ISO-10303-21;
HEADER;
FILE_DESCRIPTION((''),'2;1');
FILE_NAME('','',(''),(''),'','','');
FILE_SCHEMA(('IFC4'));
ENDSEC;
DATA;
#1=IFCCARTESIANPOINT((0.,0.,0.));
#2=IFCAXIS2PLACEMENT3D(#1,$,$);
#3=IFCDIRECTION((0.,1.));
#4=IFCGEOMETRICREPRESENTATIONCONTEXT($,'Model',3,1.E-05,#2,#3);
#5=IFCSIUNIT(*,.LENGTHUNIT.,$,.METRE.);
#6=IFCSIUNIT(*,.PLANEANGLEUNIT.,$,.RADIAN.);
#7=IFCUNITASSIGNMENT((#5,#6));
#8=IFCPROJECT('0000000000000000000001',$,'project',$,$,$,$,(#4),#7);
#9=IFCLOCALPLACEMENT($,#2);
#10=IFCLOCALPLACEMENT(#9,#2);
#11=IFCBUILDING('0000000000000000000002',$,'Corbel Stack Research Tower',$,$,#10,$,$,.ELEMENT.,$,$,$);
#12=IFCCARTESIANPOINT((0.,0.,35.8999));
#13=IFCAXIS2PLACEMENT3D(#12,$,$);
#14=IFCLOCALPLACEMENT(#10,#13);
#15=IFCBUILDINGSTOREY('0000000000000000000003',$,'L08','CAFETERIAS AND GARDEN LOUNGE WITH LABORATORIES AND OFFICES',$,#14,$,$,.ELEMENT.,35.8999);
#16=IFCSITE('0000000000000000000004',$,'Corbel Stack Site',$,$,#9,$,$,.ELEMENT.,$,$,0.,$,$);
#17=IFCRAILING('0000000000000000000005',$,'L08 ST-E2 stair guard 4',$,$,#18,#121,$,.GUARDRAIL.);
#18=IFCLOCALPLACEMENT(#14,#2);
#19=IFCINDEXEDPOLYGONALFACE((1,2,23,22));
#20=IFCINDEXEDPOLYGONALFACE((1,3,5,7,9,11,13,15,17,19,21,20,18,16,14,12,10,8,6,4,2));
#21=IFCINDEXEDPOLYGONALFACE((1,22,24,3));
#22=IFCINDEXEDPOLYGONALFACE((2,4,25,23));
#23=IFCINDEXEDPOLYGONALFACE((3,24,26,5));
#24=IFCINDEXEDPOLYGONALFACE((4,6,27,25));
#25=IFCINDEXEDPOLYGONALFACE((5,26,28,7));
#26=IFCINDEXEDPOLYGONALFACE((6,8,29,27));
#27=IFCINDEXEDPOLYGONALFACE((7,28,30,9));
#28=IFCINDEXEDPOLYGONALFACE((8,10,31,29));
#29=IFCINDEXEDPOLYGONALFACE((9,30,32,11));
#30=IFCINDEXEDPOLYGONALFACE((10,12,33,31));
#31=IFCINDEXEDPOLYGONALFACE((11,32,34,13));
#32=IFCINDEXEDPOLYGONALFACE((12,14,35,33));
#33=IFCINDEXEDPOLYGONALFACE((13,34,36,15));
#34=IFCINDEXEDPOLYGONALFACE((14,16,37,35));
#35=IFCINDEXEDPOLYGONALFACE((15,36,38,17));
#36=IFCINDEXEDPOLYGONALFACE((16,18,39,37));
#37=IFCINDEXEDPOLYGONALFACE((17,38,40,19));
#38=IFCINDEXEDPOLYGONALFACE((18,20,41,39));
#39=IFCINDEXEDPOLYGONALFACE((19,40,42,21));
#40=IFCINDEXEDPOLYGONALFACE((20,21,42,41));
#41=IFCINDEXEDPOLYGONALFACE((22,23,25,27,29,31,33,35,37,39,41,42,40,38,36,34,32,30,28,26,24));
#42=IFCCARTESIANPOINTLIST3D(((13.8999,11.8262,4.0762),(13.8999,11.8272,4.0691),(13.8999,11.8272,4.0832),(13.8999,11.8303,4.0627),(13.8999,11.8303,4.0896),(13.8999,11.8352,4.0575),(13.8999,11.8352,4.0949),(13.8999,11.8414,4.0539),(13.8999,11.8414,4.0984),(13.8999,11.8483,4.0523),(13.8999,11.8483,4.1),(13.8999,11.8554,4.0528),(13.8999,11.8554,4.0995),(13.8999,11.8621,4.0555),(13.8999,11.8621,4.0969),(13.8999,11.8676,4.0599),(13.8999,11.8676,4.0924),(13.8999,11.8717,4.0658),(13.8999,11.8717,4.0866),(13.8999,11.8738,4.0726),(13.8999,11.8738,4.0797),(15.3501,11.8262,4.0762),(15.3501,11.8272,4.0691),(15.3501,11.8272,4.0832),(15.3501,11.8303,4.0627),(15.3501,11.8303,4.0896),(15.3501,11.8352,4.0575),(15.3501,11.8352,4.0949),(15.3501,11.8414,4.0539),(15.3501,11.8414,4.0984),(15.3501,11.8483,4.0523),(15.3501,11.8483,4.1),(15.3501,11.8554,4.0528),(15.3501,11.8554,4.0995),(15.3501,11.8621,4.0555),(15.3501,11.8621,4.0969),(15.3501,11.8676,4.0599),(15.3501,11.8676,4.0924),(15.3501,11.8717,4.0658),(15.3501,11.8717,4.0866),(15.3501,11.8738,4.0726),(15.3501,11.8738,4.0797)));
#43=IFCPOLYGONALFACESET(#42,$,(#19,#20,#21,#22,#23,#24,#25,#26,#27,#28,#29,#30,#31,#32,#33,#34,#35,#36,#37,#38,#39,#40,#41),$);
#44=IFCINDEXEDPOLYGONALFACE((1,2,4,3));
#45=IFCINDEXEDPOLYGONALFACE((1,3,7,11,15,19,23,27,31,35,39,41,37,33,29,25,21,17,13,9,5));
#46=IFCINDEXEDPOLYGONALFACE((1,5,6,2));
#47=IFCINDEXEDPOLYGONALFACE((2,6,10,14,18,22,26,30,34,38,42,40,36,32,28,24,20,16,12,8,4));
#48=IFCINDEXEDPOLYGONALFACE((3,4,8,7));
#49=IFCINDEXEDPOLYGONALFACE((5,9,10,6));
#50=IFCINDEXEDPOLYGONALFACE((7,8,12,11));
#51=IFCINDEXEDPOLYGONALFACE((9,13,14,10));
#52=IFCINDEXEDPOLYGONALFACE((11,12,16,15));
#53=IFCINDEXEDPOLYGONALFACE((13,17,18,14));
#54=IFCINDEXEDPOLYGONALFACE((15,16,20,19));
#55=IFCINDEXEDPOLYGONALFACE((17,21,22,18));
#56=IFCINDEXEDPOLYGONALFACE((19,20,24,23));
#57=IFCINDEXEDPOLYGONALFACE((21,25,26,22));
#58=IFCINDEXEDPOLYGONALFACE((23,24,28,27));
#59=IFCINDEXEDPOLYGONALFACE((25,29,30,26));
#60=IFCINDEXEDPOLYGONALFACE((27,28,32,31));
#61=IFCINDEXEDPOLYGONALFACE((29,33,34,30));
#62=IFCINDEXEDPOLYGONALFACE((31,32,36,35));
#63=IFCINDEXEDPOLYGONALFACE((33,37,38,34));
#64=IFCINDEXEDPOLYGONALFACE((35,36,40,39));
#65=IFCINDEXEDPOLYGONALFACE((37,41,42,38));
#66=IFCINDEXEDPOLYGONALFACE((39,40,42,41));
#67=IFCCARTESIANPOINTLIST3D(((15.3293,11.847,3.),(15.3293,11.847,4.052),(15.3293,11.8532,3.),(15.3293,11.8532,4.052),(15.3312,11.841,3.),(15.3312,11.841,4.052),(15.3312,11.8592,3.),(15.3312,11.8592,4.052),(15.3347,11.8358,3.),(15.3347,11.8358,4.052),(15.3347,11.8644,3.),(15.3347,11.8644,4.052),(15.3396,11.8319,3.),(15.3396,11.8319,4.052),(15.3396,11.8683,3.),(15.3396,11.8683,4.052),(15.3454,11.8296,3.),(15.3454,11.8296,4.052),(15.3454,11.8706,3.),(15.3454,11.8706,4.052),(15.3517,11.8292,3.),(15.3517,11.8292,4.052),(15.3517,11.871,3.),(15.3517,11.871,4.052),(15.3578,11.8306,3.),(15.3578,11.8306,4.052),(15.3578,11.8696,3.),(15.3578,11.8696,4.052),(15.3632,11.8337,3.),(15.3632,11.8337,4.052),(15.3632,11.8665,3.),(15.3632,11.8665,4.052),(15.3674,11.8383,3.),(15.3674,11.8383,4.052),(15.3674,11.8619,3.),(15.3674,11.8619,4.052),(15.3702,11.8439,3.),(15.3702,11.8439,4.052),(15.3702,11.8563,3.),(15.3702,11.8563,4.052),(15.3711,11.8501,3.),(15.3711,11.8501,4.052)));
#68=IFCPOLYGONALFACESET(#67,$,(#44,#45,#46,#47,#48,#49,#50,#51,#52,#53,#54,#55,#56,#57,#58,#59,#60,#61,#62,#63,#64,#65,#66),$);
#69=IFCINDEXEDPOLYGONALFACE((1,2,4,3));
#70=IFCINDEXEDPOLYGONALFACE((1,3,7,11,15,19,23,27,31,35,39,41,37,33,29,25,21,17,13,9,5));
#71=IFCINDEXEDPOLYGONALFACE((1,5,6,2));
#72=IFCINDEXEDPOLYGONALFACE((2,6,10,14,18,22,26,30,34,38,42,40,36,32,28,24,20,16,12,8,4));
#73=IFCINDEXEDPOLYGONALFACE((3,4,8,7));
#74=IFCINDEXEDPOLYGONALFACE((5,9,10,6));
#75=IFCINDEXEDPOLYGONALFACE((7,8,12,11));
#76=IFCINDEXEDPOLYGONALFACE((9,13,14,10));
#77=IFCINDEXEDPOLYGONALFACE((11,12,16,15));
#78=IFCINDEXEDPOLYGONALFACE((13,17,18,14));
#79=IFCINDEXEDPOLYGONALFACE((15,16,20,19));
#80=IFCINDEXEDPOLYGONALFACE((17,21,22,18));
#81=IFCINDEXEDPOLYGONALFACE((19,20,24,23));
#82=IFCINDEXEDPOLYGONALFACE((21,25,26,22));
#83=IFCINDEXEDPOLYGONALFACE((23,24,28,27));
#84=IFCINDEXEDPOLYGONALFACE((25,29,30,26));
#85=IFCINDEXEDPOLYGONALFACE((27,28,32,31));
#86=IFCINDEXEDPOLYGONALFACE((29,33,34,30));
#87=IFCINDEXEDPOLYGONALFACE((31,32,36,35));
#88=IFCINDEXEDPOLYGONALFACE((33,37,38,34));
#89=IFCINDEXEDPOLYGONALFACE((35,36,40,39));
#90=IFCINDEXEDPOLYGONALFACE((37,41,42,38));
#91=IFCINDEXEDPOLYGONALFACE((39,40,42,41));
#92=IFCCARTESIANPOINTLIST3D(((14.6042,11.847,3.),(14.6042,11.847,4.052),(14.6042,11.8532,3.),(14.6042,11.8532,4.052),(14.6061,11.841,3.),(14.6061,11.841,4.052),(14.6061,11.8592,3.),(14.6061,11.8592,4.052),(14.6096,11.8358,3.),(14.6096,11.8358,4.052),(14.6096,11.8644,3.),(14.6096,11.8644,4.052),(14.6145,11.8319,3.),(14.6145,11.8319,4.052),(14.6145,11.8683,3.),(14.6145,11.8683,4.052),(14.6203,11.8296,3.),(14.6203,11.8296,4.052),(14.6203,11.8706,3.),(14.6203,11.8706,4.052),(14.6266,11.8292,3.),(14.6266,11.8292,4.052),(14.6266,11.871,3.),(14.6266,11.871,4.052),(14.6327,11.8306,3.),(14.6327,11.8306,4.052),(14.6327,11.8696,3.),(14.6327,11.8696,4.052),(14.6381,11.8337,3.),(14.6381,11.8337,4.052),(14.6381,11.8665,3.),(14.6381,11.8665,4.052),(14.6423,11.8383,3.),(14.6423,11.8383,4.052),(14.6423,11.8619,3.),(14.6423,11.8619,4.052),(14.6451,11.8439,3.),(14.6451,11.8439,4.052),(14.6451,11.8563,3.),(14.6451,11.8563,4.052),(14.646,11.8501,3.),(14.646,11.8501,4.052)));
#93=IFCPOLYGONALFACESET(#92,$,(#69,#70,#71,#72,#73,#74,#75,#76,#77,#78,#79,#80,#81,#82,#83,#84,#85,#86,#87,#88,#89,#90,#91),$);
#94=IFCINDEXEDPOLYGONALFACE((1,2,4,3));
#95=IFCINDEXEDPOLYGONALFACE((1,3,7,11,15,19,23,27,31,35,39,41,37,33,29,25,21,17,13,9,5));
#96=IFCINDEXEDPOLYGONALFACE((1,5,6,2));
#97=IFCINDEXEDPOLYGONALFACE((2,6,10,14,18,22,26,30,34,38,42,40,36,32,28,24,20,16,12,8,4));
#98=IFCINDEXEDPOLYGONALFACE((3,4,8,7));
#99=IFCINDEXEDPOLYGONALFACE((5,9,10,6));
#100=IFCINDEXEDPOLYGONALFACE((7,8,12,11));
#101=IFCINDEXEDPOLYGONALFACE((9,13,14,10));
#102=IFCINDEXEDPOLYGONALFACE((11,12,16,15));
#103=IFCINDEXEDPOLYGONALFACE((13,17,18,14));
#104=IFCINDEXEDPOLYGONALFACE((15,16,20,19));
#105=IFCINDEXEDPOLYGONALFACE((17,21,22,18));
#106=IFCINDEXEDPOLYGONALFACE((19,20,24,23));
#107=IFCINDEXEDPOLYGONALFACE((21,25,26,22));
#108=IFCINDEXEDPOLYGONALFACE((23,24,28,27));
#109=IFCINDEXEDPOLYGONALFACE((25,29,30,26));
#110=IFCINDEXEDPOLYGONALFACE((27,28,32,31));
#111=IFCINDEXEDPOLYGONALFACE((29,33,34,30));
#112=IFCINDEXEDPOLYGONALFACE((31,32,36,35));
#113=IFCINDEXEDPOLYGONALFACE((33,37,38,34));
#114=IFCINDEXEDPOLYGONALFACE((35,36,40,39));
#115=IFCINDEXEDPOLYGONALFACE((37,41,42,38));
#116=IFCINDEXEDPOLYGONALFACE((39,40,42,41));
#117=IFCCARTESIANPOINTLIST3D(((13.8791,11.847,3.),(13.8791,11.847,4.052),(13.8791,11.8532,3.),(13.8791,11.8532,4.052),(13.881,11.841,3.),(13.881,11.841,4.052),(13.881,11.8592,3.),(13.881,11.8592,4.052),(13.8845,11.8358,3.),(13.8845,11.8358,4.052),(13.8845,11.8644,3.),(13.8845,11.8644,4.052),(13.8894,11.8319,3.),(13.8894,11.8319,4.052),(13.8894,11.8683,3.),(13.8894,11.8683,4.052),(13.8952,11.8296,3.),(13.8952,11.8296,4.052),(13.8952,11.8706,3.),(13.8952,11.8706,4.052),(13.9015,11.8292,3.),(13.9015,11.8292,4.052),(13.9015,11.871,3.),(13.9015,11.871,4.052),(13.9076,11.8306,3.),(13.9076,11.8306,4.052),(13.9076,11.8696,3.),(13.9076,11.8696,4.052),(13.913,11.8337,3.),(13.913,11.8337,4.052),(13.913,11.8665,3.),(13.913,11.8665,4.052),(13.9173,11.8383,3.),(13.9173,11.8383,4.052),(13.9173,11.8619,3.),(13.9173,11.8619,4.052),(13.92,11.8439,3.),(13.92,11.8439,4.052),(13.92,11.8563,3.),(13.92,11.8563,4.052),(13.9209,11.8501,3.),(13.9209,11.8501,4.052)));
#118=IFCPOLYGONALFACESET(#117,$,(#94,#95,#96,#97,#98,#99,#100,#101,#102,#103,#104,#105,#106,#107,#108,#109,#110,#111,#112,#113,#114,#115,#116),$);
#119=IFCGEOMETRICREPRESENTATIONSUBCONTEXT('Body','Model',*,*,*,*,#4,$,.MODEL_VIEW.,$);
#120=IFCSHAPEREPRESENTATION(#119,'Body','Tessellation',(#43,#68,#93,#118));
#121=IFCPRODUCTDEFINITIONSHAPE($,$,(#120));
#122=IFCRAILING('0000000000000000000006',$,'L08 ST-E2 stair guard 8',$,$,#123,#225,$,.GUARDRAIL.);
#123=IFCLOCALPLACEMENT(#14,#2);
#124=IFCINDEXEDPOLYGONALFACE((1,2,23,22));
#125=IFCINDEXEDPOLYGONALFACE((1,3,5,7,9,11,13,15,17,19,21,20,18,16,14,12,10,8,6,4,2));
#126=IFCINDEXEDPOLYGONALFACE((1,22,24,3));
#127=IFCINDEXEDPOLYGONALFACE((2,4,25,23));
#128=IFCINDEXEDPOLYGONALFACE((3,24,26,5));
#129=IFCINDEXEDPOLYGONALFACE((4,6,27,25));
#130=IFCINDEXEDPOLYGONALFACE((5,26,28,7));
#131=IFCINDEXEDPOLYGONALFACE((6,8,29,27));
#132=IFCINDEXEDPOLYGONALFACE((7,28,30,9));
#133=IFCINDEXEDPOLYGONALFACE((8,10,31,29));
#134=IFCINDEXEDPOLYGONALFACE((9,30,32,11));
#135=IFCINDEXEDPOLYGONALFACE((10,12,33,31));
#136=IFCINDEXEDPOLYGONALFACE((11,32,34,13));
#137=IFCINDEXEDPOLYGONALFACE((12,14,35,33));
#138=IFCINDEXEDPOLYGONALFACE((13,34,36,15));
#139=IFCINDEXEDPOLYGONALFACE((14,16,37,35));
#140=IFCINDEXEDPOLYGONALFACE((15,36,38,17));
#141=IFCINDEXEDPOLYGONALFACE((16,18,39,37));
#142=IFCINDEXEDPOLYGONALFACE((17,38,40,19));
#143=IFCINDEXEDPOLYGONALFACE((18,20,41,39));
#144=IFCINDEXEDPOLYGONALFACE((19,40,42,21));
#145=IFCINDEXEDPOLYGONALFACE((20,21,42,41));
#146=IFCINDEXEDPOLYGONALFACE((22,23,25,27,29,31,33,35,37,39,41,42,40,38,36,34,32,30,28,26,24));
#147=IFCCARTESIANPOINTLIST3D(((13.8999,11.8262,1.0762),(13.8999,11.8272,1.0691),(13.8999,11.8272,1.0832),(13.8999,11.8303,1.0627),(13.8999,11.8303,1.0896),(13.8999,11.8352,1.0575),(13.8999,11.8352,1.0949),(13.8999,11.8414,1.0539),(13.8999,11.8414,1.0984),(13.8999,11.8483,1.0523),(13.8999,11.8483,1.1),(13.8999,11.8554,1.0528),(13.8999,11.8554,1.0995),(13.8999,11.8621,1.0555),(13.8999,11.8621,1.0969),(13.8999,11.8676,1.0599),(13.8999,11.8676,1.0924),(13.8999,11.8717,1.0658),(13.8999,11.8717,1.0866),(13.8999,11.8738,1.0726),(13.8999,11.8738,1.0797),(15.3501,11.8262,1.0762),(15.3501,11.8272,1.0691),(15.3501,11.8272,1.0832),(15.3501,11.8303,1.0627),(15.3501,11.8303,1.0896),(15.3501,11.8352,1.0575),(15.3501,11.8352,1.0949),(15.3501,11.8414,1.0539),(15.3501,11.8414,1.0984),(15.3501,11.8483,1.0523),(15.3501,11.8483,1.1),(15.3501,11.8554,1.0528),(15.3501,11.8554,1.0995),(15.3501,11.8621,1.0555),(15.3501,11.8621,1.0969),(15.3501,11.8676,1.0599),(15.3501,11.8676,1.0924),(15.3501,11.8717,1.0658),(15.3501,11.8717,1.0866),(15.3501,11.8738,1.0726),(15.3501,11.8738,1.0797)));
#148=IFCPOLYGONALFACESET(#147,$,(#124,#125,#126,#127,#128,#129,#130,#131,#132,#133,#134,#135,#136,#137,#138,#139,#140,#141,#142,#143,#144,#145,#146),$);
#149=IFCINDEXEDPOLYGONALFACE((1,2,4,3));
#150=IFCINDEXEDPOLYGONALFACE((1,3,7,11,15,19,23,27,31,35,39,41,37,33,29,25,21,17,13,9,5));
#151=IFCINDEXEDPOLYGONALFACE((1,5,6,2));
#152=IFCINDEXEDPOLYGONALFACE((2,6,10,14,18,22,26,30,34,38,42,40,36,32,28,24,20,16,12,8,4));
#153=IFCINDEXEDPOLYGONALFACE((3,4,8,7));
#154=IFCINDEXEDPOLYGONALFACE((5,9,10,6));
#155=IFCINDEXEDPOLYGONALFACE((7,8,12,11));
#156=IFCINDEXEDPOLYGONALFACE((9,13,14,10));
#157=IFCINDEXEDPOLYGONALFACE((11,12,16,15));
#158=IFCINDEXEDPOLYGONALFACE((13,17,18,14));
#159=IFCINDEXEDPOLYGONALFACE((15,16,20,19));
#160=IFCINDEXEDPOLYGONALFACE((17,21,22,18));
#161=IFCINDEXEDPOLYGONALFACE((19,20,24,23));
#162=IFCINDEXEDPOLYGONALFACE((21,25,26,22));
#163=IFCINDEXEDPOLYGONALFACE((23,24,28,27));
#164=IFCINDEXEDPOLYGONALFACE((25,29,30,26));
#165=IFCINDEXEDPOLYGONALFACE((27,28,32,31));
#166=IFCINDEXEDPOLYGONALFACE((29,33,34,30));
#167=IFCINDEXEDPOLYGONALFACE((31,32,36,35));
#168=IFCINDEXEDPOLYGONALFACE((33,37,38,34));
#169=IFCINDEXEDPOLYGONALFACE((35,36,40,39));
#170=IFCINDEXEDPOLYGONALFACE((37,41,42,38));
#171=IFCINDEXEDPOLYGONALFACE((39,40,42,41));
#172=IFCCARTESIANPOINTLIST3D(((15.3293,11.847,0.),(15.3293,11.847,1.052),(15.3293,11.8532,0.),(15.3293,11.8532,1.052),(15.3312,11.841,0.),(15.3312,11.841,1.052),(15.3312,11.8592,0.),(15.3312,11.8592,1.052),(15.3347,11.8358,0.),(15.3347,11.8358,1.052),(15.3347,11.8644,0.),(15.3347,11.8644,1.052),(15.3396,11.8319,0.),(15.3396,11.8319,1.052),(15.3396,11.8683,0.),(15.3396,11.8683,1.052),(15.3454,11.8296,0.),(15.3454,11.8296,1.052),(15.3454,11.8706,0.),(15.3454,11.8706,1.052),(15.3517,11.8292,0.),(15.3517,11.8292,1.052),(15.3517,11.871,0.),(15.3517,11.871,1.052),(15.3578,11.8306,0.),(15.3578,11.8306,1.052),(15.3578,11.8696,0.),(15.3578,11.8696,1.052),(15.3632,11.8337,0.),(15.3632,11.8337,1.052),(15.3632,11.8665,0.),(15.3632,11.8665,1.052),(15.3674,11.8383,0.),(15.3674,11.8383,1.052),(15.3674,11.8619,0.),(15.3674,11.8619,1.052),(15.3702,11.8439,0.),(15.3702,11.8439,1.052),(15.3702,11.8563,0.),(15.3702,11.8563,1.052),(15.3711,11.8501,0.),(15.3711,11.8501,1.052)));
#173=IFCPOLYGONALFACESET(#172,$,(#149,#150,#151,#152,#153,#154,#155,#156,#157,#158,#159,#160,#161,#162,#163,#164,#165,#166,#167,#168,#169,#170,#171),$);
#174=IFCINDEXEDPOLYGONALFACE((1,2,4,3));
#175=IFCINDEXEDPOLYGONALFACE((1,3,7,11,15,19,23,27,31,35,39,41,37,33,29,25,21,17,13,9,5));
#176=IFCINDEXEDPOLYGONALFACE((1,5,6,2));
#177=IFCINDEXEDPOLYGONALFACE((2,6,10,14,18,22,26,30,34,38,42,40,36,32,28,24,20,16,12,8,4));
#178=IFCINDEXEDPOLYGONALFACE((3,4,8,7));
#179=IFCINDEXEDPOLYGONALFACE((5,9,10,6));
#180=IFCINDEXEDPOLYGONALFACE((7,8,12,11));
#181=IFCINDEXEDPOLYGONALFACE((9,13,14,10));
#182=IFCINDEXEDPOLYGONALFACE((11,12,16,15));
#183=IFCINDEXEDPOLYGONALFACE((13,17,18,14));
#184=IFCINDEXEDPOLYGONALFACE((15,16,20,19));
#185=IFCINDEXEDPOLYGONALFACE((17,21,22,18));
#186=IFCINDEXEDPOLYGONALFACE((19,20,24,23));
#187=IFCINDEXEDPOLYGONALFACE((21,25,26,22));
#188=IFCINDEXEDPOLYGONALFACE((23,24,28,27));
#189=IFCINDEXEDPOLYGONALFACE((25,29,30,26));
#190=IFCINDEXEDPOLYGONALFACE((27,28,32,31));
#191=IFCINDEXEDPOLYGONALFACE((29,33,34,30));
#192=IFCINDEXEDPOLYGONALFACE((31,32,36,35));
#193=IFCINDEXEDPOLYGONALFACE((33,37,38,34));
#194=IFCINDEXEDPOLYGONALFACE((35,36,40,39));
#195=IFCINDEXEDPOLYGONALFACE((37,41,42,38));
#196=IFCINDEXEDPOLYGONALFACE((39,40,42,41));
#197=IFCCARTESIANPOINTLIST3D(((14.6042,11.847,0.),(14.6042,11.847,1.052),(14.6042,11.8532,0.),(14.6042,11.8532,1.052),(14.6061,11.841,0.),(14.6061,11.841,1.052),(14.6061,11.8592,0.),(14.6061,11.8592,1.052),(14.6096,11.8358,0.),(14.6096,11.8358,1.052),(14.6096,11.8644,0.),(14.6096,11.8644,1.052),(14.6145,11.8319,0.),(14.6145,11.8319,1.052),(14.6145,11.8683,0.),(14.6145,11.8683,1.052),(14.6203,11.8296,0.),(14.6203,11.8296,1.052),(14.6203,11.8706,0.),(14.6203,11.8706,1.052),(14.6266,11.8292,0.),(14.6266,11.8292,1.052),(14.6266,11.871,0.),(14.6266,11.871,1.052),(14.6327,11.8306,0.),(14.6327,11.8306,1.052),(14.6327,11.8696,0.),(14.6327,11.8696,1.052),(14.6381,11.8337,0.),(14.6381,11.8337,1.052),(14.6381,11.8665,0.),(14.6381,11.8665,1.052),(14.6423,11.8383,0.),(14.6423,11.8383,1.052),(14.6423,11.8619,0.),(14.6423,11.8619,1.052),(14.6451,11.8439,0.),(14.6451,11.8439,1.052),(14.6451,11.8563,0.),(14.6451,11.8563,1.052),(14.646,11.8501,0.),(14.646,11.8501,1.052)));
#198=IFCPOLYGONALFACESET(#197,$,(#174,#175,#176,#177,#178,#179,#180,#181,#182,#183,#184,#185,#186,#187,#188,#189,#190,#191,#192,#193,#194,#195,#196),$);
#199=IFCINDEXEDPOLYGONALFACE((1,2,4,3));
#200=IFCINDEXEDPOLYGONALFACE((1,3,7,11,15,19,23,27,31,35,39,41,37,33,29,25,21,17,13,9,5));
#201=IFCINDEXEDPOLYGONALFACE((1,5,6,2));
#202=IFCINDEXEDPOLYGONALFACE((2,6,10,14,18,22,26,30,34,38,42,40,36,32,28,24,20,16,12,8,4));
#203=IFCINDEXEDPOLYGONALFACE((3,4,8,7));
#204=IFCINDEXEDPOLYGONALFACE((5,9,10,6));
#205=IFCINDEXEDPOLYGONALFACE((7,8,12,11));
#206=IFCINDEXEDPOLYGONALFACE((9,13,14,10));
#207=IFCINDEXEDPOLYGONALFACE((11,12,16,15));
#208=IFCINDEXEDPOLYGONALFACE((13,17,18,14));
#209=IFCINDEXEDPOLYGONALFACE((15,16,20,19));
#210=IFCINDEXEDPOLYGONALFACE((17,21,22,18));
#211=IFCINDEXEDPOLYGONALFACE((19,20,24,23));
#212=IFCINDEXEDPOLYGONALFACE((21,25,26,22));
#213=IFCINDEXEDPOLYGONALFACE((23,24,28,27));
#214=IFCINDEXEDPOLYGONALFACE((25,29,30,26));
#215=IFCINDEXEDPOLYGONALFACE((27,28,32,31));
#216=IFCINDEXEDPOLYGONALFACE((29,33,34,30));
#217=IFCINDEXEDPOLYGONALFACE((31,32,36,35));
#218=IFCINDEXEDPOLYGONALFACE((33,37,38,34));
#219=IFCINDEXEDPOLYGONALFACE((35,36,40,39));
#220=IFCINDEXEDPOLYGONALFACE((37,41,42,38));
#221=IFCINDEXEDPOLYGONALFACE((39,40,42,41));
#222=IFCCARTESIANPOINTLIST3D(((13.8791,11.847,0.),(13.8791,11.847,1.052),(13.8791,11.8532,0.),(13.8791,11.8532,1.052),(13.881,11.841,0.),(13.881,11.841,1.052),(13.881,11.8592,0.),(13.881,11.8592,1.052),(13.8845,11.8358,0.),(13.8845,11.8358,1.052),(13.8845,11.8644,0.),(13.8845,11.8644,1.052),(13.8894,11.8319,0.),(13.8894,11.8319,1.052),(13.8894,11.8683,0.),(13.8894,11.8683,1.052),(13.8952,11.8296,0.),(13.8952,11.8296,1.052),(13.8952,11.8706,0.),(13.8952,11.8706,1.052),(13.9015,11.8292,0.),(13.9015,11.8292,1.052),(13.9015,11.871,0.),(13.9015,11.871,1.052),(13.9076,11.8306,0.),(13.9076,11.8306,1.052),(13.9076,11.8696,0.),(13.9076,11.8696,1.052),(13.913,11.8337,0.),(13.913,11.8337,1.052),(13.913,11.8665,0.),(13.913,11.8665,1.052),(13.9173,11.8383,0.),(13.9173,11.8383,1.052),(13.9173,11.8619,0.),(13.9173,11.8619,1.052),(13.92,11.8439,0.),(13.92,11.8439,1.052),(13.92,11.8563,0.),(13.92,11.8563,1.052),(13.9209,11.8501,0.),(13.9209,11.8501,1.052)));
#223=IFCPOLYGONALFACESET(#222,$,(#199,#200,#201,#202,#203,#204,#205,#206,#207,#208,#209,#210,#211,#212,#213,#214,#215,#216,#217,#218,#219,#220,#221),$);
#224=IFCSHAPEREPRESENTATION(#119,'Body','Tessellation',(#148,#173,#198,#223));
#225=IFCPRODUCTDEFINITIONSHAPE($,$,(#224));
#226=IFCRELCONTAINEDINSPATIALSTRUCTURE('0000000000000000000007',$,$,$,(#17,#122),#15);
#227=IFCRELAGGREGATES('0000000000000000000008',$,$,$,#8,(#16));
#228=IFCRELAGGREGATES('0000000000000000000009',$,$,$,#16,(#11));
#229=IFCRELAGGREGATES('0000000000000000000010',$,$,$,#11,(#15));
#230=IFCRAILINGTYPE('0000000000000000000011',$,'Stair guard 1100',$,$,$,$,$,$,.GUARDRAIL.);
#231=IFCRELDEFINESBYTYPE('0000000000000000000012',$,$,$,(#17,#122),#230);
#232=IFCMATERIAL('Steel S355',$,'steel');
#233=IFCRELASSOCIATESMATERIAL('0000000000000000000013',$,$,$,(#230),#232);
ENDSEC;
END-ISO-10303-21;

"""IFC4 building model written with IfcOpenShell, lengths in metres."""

from ifc_helpers import new_model, si_unit, direction, frame, origin, origin_2d, place, context, subcontext, project, spatial, circle, extrude, material, type_object, element, save


model = new_model("IFC4")

# Units and contexts
model_context = context("Model", 3, precision=1e-05, world=origin(), true_north=direction((0.0, 1.0)))
body_context = subcontext(model_context, "Body", "Model", "MODEL_VIEW")
ifc_project = project(units=[si_unit("LENGTHUNIT", "METRE"), si_unit("PLANEANGLEUNIT", "RADIAN")], contexts=[model_context])

# Site, building, storey
site_placement = place(None, origin())
site = spatial("IfcSite", under=ifc_project, at=site_placement, Name="Corbel Stack Site", CompositionType="ELEMENT", RefElevation=0.0)
building_placement = place(site_placement, origin())
building = spatial("IfcBuilding", under=site, at=building_placement, Name="Corbel Stack Research Tower", CompositionType="ELEMENT")
storey_placement = place(building_placement, frame((0.0, 0.0, 35.8999)))
storey = spatial("IfcBuildingStorey", under=building, at=storey_placement, Name="L08", Description="CAFETERIAS AND GARDEN LOUNGE WITH LABORATORIES AND OFFICES", CompositionType="ELEMENT", Elevation=35.8999)

# Railings
ifc_material_1 = material(Name="Steel S355", Category="steel")
railing_type = type_object("IfcRailingType", Name="Stair guard 1100", PredefinedType="GUARDRAIL", material=ifc_material_1)
for number, where, name in (
    (1, (15.3501, 11.8501, 3.0), "L08 ST-E2 stair guard 4"),
    (2, (15.3501, 11.8501, 0.0), "L08 ST-E2 stair guard 8"),
):
    element("IfcRailing", number, at=place(storey_placement, frame(where)), inside=storey, type_object=railing_type, Name=name, PredefinedType="GUARDRAIL", context=body_context, shape_type="SweptSolid", body=[
        extrude(circle(Radius=0.0239, at=origin_2d()), frame((0.0, 0.0, 1.0762), z_axis=(-1.0, 0.0, 0.0), x_axis=(0.0, -1.0, 0.0)), (0.0, 0.0, 1.0), 1.4502),
        extrude(circle(Radius=0.021, at=origin_2d()), origin(), (0.0, 0.0, 1.0), 1.052),
        extrude(circle(Radius=0.021, at=origin_2d()), frame((-0.7251, 0.0, 0.0)), (0.0, 0.0, 1.0), 1.052),
        extrude(circle(Radius=0.021, at=origin_2d()), frame((-1.4502, 0.0, 0.0)), (0.0, 0.0, 1.0), 1.052),
    ])

save(model, "model.ifc")
